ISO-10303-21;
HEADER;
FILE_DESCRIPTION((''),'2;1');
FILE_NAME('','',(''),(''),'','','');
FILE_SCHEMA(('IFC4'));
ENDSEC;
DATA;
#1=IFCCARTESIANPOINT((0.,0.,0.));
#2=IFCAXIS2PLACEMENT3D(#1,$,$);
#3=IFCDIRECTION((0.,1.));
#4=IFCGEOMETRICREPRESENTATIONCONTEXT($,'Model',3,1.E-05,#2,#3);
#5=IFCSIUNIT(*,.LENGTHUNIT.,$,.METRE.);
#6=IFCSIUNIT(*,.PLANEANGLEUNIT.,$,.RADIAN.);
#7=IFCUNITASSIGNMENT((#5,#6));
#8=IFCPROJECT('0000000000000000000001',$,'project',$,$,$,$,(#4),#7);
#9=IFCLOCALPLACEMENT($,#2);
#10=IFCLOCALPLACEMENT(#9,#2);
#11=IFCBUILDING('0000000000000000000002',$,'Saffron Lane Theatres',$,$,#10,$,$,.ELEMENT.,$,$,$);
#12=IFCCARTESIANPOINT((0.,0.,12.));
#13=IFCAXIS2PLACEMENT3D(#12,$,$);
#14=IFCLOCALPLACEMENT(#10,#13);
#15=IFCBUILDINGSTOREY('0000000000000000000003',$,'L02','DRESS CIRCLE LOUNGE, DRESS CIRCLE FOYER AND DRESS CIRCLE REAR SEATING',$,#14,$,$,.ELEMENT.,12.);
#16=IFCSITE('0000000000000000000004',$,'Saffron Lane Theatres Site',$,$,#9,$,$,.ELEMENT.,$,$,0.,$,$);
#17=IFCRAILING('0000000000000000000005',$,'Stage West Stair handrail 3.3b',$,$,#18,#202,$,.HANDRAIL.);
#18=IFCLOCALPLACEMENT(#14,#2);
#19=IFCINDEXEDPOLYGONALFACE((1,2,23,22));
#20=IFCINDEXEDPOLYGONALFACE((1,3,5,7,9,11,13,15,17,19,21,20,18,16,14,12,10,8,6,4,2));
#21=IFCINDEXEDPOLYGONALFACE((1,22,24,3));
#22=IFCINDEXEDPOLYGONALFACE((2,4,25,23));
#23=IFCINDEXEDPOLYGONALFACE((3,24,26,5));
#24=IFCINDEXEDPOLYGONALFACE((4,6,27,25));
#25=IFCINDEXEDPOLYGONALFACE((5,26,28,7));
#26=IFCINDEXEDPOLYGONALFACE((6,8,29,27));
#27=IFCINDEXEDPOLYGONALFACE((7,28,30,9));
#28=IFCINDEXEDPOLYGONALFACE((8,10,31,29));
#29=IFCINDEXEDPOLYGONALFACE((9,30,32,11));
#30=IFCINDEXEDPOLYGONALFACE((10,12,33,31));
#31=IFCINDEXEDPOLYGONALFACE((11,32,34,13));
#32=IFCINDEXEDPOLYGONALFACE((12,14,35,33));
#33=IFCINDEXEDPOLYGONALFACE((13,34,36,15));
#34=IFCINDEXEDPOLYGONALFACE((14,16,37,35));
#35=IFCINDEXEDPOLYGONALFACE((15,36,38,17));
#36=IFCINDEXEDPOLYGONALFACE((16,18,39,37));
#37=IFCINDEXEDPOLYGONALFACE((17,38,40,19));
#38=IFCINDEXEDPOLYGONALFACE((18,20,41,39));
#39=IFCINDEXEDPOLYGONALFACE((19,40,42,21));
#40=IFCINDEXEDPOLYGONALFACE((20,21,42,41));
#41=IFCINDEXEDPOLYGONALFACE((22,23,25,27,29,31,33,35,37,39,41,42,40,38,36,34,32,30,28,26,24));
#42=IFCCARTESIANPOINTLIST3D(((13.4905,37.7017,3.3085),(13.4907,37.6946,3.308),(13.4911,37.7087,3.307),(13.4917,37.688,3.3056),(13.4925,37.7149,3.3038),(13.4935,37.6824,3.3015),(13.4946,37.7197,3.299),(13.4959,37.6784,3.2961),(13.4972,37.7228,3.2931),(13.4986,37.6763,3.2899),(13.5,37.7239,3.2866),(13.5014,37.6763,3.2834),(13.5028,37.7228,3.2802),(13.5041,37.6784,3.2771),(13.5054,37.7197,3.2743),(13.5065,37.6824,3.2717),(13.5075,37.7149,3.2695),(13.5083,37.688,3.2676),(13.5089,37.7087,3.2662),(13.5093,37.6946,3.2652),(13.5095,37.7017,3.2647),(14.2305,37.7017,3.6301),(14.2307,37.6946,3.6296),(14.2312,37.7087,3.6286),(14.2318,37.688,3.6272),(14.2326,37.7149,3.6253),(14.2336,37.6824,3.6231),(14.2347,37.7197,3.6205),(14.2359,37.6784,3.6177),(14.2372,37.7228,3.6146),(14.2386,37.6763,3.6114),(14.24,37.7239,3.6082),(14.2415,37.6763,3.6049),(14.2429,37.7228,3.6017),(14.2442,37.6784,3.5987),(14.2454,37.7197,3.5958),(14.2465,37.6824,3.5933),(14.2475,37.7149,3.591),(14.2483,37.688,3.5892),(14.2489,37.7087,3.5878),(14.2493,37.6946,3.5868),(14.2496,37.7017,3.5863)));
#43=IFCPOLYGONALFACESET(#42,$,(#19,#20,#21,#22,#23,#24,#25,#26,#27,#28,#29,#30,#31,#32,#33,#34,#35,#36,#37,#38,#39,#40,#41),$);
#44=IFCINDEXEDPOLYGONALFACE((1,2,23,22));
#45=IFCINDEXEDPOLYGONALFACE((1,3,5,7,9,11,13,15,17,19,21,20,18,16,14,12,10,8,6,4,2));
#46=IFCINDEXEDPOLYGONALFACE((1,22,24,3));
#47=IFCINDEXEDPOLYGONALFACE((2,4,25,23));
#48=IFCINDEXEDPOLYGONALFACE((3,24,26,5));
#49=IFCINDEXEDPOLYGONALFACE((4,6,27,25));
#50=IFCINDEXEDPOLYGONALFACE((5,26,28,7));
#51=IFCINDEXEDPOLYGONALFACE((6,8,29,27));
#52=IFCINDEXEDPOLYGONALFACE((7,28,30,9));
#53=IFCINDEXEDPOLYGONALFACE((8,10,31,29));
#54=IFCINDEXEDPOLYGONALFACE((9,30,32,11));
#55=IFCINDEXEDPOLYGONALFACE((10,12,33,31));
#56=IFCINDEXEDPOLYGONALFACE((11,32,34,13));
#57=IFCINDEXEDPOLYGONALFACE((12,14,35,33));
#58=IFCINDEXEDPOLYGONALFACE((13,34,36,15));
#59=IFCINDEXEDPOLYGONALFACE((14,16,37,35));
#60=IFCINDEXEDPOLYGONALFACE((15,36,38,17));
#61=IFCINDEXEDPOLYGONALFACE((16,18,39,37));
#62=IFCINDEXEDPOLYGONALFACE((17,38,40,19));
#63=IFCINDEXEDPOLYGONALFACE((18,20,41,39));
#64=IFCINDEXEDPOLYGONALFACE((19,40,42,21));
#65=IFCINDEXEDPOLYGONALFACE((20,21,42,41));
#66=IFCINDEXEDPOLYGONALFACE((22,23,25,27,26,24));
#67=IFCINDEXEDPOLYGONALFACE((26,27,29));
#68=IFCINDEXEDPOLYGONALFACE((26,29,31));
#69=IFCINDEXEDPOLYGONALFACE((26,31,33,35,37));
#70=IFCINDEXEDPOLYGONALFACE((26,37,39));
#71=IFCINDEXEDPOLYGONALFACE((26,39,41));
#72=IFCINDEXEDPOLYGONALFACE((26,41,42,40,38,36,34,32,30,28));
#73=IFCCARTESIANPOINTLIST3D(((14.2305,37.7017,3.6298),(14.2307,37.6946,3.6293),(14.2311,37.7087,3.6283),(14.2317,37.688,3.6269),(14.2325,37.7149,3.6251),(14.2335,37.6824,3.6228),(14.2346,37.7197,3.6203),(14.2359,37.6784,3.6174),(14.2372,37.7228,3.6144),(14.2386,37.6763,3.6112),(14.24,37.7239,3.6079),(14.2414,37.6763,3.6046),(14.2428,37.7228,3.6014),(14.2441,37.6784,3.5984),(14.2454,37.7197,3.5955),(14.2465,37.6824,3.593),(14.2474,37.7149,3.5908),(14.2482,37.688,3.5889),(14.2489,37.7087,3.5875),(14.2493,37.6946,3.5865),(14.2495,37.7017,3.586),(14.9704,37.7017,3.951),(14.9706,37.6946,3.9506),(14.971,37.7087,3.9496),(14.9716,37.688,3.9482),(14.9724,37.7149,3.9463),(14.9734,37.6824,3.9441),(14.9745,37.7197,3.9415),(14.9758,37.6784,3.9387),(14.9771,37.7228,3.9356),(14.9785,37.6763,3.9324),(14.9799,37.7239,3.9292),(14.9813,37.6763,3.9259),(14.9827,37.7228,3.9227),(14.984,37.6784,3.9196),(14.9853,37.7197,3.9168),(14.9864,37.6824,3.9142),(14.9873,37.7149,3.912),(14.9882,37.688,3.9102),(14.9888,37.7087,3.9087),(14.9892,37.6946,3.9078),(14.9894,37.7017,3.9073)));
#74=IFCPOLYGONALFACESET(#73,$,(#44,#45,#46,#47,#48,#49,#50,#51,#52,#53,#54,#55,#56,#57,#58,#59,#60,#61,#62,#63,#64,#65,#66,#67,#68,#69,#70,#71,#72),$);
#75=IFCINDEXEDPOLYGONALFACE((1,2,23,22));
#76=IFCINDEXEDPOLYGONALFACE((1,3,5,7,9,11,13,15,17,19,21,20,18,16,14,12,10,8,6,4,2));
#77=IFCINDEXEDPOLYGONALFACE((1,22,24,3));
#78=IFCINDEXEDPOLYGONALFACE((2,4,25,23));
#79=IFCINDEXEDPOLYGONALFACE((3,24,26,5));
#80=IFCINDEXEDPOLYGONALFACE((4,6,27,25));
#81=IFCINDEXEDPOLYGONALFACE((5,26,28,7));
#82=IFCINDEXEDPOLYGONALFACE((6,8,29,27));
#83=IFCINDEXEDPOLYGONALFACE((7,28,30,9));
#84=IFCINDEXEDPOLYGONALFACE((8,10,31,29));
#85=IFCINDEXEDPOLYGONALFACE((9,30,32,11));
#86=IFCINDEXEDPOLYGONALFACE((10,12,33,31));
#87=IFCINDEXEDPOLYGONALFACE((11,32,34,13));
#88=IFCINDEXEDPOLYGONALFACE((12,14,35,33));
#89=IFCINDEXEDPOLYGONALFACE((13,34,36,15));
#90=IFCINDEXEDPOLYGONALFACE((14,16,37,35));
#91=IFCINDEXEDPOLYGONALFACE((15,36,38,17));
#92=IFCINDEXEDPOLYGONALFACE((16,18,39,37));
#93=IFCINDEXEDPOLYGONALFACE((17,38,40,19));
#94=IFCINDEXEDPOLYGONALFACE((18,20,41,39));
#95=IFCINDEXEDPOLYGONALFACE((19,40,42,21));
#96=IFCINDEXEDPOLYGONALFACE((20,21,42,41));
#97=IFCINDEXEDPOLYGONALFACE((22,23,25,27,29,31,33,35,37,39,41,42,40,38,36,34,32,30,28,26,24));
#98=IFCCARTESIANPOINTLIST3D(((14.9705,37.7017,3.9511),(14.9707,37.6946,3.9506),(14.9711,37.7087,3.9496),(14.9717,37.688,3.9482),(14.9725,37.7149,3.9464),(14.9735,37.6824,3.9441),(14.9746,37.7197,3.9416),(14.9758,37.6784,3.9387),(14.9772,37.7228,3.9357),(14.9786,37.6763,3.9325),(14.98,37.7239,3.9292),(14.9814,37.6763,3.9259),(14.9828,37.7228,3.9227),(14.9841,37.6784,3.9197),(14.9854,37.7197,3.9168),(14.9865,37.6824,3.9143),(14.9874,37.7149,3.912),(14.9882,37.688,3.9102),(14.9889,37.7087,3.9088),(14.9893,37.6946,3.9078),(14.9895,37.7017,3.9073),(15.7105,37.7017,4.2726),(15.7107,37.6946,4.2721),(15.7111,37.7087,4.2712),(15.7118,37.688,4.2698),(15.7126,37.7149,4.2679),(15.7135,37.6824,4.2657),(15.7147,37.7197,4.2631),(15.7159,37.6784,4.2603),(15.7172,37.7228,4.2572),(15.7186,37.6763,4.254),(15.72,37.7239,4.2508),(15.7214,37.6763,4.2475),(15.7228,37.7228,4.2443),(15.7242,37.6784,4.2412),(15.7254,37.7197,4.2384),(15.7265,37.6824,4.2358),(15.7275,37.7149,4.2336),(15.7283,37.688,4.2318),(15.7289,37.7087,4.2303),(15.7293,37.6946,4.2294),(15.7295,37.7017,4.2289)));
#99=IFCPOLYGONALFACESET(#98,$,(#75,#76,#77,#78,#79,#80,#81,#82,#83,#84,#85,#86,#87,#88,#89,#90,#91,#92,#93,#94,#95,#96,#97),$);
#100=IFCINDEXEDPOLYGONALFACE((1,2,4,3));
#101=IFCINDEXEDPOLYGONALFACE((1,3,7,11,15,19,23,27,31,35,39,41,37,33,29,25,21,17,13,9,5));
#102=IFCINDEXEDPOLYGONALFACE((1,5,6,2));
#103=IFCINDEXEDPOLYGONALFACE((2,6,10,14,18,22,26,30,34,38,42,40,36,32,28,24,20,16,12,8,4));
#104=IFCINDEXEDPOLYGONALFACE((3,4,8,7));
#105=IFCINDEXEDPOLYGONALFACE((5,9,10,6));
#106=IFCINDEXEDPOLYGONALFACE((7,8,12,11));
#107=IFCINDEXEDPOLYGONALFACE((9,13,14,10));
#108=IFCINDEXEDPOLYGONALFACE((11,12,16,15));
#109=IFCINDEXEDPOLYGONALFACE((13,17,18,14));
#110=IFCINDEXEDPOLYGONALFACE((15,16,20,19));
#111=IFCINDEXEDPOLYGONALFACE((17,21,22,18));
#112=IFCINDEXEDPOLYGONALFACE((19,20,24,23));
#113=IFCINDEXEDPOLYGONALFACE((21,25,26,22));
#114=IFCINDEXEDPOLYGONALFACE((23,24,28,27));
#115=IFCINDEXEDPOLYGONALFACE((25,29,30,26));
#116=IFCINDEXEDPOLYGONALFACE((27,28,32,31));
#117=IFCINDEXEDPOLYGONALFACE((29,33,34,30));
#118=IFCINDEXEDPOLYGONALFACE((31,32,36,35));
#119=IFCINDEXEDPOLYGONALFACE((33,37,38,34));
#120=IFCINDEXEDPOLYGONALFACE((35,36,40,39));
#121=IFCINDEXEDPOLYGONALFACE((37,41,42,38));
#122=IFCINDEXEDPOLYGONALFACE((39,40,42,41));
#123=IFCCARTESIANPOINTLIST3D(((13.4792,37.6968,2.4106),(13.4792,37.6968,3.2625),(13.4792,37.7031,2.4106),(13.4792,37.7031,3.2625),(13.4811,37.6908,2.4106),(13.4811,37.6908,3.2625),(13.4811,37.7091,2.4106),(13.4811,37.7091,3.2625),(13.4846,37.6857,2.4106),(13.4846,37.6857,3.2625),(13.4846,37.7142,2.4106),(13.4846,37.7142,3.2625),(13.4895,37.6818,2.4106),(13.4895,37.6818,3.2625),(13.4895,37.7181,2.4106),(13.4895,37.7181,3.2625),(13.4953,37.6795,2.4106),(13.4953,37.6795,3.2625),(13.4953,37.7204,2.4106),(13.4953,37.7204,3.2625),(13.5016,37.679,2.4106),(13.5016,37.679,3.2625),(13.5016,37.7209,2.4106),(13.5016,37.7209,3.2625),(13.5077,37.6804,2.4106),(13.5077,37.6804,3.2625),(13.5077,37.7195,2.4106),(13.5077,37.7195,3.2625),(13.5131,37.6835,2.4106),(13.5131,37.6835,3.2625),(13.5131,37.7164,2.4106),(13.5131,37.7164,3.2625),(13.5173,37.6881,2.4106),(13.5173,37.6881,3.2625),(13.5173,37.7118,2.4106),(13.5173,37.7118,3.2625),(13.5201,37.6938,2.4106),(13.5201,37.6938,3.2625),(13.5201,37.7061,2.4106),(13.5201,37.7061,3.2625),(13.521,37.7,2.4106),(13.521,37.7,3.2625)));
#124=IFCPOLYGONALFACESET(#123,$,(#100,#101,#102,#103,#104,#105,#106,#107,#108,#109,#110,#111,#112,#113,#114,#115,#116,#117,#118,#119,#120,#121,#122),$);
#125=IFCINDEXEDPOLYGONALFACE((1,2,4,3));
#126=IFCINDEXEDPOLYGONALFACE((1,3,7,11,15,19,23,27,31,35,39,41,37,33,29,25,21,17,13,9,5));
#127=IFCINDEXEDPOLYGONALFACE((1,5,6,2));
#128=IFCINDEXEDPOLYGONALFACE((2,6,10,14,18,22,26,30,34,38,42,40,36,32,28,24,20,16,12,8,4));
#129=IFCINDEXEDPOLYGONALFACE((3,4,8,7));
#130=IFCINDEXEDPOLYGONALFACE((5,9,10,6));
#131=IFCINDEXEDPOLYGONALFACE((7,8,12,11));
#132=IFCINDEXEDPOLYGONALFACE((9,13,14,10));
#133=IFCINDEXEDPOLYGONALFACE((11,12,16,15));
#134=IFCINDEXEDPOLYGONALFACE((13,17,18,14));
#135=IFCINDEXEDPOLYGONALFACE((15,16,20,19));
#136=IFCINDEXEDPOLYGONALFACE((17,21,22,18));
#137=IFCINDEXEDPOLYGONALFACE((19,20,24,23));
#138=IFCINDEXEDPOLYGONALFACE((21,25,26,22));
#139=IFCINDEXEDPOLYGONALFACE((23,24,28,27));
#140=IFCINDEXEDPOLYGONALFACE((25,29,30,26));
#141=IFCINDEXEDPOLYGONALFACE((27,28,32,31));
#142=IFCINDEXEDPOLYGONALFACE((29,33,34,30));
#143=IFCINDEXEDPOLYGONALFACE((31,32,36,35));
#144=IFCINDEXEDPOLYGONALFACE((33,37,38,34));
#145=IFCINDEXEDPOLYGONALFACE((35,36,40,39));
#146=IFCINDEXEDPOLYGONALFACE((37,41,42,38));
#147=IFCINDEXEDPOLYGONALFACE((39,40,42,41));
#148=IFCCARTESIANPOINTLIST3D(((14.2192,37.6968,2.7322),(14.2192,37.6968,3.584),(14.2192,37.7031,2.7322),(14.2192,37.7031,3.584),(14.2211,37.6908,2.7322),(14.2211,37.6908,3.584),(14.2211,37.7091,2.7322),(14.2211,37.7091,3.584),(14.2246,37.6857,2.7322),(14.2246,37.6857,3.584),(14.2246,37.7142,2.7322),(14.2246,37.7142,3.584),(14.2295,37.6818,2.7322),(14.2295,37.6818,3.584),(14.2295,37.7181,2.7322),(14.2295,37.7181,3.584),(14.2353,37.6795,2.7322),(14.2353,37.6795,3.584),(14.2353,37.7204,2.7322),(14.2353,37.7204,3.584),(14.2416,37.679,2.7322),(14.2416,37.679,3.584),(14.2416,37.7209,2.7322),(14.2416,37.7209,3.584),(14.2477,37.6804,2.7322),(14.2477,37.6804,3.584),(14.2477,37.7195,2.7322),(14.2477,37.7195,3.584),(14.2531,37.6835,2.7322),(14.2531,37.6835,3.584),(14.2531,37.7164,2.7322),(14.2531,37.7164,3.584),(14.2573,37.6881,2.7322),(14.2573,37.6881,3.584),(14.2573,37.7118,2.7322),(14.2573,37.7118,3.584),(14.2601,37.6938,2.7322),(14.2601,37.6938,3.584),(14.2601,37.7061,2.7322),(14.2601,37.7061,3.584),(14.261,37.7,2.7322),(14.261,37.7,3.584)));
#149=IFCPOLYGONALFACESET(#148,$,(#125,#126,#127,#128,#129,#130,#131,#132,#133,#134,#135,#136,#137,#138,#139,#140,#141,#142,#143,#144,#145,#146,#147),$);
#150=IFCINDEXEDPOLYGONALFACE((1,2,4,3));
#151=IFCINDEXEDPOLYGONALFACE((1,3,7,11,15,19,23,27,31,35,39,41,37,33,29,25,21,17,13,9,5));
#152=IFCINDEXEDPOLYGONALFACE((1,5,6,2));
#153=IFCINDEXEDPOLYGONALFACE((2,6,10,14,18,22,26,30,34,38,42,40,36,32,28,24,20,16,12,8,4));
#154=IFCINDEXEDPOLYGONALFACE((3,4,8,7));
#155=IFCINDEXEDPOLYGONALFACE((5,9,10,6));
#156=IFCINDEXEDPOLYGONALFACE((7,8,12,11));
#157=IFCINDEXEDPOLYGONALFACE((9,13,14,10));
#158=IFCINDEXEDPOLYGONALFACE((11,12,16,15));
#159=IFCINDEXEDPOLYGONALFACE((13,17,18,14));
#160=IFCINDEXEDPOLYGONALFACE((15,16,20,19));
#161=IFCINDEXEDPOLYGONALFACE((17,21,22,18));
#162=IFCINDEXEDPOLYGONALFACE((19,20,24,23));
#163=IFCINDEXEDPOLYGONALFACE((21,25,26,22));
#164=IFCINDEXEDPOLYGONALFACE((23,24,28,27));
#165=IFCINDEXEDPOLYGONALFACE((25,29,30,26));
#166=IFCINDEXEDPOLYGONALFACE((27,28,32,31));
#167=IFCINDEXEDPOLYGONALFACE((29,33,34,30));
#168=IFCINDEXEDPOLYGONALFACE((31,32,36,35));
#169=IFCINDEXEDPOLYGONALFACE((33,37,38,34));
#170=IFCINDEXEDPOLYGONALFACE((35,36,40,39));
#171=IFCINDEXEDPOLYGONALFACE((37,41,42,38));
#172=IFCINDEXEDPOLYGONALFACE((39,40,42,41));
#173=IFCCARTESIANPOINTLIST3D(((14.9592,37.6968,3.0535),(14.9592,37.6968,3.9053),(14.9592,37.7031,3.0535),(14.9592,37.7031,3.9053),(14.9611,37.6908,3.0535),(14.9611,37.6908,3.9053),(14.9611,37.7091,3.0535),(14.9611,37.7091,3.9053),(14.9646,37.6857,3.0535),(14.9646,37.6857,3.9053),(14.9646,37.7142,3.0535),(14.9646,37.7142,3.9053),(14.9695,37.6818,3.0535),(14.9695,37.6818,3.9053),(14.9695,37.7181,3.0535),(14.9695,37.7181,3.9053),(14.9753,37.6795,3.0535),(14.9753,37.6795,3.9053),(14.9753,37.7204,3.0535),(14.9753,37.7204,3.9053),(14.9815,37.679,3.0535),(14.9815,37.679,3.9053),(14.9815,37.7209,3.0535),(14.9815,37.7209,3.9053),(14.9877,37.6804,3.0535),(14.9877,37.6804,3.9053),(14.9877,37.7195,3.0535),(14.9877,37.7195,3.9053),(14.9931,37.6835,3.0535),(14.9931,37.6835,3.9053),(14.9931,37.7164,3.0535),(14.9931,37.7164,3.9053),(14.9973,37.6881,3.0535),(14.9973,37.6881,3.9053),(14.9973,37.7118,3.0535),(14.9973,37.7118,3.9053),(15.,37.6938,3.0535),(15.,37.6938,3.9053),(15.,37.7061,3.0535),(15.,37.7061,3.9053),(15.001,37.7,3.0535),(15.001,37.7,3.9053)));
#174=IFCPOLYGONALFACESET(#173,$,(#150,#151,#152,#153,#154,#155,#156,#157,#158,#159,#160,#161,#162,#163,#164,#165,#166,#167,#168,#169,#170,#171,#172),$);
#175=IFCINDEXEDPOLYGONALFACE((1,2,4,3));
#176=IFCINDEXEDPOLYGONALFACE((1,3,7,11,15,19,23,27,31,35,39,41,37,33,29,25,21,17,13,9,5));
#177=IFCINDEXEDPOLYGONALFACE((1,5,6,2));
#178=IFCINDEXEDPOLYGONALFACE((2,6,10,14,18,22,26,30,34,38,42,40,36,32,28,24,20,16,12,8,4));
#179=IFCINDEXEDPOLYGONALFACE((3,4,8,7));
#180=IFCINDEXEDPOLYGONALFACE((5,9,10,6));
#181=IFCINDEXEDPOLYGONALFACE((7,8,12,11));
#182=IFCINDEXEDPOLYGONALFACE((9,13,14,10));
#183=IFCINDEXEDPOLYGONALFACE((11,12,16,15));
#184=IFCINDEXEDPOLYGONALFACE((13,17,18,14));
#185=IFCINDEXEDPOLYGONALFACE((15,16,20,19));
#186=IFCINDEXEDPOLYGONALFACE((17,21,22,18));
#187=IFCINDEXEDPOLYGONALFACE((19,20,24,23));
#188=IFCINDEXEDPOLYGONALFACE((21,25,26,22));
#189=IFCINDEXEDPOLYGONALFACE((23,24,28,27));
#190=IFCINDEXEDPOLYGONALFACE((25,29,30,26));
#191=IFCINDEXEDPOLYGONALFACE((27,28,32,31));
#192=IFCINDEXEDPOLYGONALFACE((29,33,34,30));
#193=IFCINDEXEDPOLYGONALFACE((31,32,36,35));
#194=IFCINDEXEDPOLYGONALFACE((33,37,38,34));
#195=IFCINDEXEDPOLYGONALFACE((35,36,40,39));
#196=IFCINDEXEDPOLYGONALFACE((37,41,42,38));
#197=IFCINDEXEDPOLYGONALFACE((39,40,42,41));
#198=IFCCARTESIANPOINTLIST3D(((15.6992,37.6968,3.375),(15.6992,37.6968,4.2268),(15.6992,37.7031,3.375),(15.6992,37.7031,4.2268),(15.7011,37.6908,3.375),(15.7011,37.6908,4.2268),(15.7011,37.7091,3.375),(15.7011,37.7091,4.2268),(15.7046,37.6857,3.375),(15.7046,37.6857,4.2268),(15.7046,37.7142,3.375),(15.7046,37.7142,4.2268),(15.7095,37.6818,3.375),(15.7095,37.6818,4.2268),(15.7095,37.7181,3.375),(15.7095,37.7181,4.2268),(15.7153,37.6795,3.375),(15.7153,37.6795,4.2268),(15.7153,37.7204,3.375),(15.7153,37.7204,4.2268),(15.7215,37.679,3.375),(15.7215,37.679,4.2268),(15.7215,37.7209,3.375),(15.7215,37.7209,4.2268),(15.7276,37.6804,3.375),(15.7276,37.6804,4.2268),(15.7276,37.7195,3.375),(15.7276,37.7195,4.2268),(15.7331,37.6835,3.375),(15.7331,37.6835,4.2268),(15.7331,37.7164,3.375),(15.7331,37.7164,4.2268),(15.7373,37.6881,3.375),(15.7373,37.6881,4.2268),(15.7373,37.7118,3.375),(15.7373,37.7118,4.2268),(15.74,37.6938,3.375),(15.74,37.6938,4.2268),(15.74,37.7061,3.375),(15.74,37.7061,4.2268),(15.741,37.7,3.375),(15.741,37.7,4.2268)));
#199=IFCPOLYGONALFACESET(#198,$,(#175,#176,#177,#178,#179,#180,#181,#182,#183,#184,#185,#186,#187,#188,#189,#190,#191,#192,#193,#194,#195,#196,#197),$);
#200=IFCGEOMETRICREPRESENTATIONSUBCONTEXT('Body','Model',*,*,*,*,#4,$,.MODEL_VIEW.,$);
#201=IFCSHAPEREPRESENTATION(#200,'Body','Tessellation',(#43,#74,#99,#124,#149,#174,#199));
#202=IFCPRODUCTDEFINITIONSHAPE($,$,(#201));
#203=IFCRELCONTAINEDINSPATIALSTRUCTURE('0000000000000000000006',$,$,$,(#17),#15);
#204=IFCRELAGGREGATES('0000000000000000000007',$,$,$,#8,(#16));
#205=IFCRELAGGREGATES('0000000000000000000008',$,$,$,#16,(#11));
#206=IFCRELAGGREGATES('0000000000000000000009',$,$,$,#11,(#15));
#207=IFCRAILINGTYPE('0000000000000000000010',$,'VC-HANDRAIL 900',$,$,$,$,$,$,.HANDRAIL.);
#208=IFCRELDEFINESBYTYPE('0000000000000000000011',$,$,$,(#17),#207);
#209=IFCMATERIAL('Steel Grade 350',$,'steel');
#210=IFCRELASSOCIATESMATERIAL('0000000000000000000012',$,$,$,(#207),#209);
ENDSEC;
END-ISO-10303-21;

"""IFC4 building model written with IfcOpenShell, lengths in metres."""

from ifc_helpers import new_model, si_unit, direction, frame, origin, origin_2d, place, context, subcontext, project, spatial, circle, extrude, material, type_object, element, save


model = new_model("IFC4")

# Units and contexts
model_context = context("Model", 3, precision=1e-05, world=origin(), true_north=direction((0.0, 1.0)))
body_context = subcontext(model_context, "Body", "Model", "MODEL_VIEW")
ifc_project = project(units=[si_unit("LENGTHUNIT", "METRE"), si_unit("PLANEANGLEUNIT", "RADIAN")], contexts=[model_context])

# Site, building, storey
site_placement = place(None, origin())
site = spatial("IfcSite", under=ifc_project, at=site_placement, Name="Saffron Lane Theatres Site", CompositionType="ELEMENT", RefElevation=0.0)
building_placement = place(site_placement, origin())
building = spatial("IfcBuilding", under=site, at=building_placement, Name="Saffron Lane Theatres", CompositionType="ELEMENT")
storey_placement = place(building_placement, frame((0.0, 0.0, 12.0)))
storey = spatial("IfcBuildingStorey", under=building, at=storey_placement, Name="L02", Description="DRESS CIRCLE LOUNGE, DRESS CIRCLE FOYER AND DRESS CIRCLE REAR SEATING", CompositionType="ELEMENT", Elevation=12.0)

# Railing
ifc_material_1 = material(Name="Steel Grade 350", Category="steel")
railing_type_1 = type_object("IfcRailingType", Name="VC-HANDRAIL 900", PredefinedType="HANDRAIL", material=ifc_material_1)
for number, where, name in (
    (1, (13.5, 37.7, 2.4106), "Stage West Stair handrail 3.3b"),
):
    element("IfcRailing", number, at=place(storey_placement, frame(where)), inside=storey, type_object=railing_type_1, Name=name, PredefinedType="HANDRAIL", context=body_context, shape_type="SweptSolid", body=[
        extrude(circle(Radius=0.0239, at=origin_2d()), frame((0.0, 0.0, 0.876), z_axis=(0.917161, 0.0, 0.398516), x_axis=(0.0, 1.0, 0.0)), (0.0, 0.0, 1.0), 0.8069),
        extrude(circle(Radius=0.0239, at=origin_2d()), frame((0.74, 0.0, 1.1973), z_axis=(0.917272, 0.0, 0.398261), x_axis=(0.0, 1.0, 0.0)), (0.0, 0.0, 1.0), 0.8066),
        extrude(circle(Radius=0.0239, at=origin_2d()), frame((1.48, 0.0, 1.5186), z_axis=(0.917161, 0.0, 0.398516), x_axis=(0.0, 1.0, 0.0)), (0.0, 0.0, 1.0), 0.8069),
        extrude(circle(Radius=0.021, at=origin_2d()), origin(), (0.0, 0.0, 1.0), 0.8518),
        extrude(circle(Radius=0.021, at=origin_2d()), frame((0.74, 0.0, 0.3215)), (0.0, 0.0, 1.0), 0.8518),
        extrude(circle(Radius=0.021, at=origin_2d()), frame((1.48, 0.0, 0.6428)), (0.0, 0.0, 1.0), 0.8518),
        extrude(circle(Radius=0.021, at=origin_2d()), frame((2.22, 0.0, 0.9644)), (0.0, 0.0, 1.0), 0.8518),
    ])

save(model, "model.ifc")
